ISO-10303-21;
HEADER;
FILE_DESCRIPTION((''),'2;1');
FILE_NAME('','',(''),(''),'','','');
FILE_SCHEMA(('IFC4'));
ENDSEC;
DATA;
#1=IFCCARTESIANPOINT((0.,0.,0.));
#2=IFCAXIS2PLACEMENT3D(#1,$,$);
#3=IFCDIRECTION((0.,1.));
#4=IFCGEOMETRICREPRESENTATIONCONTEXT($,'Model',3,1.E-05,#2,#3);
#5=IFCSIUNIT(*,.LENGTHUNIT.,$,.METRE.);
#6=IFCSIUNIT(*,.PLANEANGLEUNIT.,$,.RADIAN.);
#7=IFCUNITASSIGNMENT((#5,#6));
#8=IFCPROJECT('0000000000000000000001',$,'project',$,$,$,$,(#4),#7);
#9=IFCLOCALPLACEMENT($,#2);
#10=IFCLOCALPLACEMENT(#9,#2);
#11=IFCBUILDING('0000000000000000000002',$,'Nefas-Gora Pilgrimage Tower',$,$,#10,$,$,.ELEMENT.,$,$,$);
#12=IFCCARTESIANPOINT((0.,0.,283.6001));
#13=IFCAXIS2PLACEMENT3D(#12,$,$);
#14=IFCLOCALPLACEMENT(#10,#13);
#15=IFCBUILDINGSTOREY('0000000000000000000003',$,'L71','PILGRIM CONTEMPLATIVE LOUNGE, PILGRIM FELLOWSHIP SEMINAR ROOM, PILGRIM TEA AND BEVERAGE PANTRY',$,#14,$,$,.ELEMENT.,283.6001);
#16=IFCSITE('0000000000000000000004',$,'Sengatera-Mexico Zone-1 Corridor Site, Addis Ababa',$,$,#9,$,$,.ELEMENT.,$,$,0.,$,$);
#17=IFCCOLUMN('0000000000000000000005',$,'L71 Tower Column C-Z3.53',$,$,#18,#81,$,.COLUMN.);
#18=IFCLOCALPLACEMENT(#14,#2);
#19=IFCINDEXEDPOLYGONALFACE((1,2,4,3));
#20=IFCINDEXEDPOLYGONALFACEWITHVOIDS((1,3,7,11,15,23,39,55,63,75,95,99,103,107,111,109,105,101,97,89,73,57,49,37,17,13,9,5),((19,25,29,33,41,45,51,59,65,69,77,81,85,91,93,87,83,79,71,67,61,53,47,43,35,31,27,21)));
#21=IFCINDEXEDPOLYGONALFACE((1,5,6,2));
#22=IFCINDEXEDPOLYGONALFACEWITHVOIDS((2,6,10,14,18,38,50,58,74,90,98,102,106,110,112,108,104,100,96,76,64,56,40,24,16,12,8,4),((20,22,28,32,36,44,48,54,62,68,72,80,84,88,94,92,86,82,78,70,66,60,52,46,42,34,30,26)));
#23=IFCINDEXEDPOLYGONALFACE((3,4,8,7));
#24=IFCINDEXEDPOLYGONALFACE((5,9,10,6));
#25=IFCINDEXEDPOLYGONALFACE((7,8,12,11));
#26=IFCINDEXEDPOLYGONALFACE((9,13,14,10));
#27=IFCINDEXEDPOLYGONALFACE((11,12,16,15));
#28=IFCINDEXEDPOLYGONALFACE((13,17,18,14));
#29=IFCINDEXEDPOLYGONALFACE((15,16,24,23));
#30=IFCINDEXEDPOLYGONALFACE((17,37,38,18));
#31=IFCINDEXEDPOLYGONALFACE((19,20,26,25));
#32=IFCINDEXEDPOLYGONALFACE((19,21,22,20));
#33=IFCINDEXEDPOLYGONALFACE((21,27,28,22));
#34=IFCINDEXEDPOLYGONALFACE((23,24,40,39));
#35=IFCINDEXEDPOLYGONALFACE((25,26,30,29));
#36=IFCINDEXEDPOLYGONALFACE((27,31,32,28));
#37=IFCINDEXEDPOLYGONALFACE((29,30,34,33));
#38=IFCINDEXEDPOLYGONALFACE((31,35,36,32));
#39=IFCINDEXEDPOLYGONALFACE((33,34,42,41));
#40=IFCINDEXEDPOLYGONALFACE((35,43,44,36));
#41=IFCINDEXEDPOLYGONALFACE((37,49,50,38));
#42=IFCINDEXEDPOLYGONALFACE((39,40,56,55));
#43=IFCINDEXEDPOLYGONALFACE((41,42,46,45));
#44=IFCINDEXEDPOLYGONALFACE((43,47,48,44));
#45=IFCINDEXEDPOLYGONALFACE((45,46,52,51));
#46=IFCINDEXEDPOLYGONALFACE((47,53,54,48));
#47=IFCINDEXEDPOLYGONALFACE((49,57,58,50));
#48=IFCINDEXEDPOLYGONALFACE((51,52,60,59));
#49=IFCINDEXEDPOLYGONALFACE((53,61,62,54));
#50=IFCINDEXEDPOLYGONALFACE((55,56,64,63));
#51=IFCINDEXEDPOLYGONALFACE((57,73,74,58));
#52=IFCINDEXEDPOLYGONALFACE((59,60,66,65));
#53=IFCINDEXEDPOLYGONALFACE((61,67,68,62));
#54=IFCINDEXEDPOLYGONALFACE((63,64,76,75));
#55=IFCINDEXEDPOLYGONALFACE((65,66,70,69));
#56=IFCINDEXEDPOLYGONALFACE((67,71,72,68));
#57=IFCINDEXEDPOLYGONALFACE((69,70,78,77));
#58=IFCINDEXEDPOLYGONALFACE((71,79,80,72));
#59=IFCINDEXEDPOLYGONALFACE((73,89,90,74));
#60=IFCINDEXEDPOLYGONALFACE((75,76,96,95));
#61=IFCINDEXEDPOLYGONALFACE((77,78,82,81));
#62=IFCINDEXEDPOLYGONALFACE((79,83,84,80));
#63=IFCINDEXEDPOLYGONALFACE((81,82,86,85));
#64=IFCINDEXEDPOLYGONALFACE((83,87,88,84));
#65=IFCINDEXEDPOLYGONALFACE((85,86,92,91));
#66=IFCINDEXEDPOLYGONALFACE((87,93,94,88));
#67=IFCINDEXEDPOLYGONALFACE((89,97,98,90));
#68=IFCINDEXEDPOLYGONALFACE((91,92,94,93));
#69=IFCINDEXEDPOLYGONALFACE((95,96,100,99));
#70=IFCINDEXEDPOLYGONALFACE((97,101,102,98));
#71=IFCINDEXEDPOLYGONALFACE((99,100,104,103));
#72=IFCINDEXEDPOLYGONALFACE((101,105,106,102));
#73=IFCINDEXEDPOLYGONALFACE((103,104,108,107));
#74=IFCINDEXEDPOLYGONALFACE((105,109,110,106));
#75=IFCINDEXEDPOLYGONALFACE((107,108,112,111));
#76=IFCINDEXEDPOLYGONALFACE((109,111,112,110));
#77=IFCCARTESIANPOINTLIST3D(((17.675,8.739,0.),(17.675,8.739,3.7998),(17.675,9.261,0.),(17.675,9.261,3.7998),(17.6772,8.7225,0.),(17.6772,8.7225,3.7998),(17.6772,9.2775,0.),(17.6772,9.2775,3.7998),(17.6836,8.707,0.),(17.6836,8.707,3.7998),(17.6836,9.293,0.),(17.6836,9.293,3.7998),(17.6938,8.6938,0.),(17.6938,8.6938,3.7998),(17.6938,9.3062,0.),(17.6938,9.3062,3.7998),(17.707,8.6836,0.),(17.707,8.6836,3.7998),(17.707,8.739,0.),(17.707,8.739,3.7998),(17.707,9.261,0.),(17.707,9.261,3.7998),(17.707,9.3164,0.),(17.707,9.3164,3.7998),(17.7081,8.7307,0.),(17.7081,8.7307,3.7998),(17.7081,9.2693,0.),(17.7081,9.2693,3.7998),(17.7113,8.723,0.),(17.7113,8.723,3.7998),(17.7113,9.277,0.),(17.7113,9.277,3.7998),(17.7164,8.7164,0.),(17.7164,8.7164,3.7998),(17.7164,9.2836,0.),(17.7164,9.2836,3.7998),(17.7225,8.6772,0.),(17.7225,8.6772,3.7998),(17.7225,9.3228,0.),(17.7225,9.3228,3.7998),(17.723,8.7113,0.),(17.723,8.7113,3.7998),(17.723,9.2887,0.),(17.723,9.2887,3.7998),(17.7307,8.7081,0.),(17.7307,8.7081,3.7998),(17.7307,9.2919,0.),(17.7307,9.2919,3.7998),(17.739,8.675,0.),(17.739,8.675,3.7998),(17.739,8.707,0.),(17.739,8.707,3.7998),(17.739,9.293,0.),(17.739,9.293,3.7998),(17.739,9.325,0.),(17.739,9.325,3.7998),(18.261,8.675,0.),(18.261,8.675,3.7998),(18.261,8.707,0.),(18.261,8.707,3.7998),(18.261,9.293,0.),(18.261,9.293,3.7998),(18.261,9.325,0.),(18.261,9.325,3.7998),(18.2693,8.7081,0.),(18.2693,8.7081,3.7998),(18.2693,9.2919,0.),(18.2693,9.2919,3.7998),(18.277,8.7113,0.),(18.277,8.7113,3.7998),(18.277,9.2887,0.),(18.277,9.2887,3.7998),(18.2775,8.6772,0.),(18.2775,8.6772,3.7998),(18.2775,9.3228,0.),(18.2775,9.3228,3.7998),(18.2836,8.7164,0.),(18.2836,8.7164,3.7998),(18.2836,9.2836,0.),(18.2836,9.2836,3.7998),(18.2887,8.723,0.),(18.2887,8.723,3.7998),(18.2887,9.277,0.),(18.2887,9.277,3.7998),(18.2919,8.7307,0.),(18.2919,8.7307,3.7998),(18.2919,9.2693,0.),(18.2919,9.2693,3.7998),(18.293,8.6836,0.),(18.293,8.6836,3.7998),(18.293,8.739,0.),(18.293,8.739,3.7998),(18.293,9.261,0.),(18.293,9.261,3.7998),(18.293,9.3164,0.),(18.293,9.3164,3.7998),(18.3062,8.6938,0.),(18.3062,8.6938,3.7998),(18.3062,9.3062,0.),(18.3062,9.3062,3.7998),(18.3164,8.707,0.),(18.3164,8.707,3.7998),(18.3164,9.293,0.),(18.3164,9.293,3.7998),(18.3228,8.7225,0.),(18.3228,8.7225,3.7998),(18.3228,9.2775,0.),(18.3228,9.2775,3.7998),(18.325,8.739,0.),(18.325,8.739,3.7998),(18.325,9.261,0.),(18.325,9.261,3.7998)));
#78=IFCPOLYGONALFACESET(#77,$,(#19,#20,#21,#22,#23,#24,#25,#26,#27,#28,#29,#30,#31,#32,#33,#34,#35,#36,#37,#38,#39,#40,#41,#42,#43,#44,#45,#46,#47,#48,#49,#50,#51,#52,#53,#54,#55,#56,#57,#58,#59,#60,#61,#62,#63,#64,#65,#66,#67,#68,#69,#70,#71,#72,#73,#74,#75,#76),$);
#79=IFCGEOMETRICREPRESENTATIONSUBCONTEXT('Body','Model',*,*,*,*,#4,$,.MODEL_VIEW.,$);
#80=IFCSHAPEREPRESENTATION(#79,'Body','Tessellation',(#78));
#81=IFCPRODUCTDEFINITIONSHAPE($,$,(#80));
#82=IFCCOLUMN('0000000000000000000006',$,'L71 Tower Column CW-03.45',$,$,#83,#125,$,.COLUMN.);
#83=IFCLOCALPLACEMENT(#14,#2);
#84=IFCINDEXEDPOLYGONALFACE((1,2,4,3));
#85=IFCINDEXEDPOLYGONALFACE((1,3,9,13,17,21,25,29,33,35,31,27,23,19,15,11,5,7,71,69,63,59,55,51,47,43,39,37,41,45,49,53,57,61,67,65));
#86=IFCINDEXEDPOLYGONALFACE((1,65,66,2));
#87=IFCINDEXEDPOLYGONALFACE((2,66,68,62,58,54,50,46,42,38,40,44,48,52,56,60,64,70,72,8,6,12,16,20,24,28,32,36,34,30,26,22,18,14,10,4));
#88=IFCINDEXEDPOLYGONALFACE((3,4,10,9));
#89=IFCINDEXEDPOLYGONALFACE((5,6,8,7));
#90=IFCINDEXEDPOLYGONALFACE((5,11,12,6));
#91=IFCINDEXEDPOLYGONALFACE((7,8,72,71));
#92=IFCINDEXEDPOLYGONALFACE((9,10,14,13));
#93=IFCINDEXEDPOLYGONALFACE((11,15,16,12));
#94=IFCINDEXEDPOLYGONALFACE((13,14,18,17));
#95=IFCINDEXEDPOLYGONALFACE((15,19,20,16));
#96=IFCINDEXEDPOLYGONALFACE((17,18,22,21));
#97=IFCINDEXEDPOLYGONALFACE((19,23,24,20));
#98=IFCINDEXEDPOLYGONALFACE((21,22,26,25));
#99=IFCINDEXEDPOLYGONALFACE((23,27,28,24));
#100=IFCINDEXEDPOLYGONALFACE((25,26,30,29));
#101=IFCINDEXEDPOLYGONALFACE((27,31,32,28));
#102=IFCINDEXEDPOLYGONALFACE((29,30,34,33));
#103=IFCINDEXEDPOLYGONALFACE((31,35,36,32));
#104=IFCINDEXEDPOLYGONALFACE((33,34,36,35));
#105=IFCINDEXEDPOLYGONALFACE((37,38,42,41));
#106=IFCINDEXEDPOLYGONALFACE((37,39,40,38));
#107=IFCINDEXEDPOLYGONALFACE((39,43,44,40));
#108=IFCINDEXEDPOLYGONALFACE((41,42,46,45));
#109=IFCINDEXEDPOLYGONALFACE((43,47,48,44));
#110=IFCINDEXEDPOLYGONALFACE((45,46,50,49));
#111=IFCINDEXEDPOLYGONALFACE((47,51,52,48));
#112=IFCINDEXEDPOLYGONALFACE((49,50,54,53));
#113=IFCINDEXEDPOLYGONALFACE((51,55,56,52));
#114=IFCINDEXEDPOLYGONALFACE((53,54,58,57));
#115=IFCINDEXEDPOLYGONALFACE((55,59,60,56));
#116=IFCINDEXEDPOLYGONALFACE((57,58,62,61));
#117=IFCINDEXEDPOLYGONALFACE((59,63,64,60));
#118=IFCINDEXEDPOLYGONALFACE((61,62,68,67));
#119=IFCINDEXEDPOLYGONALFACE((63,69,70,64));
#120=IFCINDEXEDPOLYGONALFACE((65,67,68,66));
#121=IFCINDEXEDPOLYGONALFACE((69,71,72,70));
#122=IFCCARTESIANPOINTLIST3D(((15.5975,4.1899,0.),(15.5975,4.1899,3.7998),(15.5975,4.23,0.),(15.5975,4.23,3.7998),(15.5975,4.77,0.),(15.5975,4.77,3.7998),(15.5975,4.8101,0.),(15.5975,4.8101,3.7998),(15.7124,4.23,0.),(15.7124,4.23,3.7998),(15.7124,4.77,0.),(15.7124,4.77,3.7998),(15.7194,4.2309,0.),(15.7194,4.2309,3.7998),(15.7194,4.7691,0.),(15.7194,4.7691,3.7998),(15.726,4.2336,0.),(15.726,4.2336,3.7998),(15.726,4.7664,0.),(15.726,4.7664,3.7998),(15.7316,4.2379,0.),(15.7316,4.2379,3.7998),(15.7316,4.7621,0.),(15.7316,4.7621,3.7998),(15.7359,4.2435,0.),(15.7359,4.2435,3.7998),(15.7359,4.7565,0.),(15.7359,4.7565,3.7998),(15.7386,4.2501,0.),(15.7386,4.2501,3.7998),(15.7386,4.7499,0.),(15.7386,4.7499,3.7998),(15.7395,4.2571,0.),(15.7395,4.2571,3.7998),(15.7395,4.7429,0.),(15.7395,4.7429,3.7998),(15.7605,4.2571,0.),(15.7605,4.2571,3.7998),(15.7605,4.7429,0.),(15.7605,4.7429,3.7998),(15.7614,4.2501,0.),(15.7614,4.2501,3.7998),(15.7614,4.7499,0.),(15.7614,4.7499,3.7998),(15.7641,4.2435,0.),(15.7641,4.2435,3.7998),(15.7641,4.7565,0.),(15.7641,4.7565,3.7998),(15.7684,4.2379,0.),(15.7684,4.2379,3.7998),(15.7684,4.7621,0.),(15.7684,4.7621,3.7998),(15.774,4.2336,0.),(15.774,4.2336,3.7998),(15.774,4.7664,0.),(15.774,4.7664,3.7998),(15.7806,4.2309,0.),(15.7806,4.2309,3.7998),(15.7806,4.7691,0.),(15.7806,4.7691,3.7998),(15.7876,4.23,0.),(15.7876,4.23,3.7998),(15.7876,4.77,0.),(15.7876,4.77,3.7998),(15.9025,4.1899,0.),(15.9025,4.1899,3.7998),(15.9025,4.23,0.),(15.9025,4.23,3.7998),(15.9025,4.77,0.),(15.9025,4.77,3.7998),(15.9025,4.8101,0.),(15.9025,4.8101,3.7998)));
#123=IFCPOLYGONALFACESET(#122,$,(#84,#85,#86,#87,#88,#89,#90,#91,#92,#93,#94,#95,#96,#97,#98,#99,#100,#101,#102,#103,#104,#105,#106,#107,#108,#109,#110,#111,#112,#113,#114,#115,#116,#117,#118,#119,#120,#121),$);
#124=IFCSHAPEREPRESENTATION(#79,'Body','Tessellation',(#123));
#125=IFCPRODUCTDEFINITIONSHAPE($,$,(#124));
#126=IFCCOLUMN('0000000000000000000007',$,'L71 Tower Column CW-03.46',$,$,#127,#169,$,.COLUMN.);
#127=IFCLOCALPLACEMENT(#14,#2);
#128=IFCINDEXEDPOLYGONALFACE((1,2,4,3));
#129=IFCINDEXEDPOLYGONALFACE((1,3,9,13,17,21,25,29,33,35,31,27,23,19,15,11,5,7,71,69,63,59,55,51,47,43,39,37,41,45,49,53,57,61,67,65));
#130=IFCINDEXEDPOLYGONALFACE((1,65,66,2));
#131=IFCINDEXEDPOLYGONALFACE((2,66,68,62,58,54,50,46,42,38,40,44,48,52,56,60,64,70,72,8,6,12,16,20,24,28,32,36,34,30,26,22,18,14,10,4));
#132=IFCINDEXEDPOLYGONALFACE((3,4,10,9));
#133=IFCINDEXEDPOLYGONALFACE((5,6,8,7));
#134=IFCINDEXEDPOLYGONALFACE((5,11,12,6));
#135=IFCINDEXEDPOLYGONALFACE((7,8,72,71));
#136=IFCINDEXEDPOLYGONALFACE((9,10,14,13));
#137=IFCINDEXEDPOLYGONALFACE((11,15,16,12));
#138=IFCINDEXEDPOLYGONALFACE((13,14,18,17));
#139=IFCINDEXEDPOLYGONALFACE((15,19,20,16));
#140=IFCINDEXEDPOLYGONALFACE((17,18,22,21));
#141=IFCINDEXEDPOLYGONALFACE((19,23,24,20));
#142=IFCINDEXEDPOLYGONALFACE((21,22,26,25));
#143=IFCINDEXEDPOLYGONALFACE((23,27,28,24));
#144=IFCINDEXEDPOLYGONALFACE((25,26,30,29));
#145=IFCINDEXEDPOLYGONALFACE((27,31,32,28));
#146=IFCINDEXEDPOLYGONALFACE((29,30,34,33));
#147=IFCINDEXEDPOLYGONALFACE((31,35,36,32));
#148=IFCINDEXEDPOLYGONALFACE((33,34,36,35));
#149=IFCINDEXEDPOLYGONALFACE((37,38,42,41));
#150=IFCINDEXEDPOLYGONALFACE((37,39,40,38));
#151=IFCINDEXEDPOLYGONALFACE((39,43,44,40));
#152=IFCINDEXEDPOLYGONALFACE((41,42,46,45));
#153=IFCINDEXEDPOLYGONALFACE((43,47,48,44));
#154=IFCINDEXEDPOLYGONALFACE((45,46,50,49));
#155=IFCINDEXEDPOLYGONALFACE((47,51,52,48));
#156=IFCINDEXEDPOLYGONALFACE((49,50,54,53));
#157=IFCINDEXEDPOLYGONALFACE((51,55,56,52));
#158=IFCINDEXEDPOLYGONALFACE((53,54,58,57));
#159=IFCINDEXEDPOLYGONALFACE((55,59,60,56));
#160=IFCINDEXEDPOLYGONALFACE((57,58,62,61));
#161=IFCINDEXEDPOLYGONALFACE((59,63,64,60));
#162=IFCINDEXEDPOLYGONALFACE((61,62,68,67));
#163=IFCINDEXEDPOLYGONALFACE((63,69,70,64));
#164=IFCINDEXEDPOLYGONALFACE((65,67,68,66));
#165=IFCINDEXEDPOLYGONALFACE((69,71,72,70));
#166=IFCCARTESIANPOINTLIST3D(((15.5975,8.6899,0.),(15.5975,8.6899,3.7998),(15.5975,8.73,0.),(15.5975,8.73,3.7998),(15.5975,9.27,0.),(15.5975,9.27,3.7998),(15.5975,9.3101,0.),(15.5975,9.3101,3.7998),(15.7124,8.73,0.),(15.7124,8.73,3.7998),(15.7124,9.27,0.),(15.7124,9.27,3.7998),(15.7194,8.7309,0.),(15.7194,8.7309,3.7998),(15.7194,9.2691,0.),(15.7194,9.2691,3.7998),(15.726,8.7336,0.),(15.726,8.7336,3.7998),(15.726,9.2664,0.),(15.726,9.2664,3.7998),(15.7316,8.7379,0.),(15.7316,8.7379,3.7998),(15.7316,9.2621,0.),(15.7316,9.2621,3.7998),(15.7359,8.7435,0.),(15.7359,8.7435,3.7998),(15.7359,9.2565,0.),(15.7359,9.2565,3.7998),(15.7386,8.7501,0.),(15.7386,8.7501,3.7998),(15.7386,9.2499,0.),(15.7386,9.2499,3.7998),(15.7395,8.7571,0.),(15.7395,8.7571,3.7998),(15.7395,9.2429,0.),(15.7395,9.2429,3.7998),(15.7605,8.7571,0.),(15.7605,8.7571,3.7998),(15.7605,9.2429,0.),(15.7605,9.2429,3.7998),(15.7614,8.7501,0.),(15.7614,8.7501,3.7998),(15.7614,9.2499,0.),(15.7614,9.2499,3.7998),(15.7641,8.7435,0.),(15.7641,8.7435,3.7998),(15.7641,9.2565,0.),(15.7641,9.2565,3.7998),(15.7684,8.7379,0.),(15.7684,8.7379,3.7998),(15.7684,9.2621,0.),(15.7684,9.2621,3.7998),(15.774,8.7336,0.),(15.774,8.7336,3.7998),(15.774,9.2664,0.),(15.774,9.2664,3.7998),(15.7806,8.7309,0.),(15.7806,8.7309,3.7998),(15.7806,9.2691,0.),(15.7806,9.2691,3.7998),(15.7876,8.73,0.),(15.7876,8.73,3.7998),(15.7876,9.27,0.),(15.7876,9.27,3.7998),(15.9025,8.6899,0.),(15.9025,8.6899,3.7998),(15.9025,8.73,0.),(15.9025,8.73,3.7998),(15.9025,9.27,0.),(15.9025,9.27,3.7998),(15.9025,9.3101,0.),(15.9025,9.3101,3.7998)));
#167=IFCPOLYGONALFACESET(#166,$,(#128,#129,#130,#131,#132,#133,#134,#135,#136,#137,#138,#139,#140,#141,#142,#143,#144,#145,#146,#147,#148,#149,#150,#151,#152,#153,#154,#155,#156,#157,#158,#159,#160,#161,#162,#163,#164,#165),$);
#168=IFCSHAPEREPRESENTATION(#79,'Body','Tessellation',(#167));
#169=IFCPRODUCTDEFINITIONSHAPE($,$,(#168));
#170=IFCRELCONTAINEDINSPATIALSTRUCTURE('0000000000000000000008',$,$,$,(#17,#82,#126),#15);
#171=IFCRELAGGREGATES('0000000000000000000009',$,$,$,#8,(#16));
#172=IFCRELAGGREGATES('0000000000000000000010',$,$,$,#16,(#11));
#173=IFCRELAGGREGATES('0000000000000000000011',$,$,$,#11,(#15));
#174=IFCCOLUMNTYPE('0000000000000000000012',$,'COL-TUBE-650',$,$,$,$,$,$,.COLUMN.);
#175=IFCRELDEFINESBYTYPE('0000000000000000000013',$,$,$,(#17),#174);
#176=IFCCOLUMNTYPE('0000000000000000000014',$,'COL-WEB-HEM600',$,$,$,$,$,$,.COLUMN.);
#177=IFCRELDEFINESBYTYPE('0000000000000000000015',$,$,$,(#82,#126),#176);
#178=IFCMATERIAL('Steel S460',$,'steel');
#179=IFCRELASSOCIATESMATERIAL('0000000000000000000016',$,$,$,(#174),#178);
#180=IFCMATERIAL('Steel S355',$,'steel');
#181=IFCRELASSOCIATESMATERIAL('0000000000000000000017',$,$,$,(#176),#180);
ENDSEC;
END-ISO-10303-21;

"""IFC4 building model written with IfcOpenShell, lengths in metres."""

from ifc_helpers import new_model, si_unit, direction, frame, origin, origin_2d, place, context, subcontext, project, spatial, hollow_rectangle, i_section, extrude, source, transform, mapped, material, material_profile, profile_set, type_object, element, save


model = new_model("IFC4")

# Units and contexts
model_context = context("Model", 3, precision=1e-05, world=origin(), true_north=direction((0.0, 1.0)))
body_context = subcontext(model_context, "Body", "Model", "MODEL_VIEW")
ifc_project = project(units=[si_unit("LENGTHUNIT", "METRE"), si_unit("PLANEANGLEUNIT", "RADIAN")], contexts=[model_context])

# Site, building, storey
site_placement = place(None, origin())
site = spatial("IfcSite", under=ifc_project, at=site_placement, Name="Sengatera-Mexico Zone-1 Corridor Site, Addis Ababa", CompositionType="ELEMENT", RefElevation=0.0)
building_placement = place(site_placement, origin())
building = spatial("IfcBuilding", under=site, at=building_placement, Name="Nefas-Gora Pilgrimage Tower", CompositionType="ELEMENT")
storey_placement = place(building_placement, frame((0.0, 0.0, 283.6001)))
storey = spatial("IfcBuildingStorey", under=building, at=storey_placement, Name="L71", Description="PILGRIM CONTEMPLATIVE LOUNGE, PILGRIM FELLOWSHIP SEMINAR ROOM, PILGRIM TEA AND BEVERAGE PANTRY", CompositionType="ELEMENT", Elevation=283.6001)

# Columns
ifc_material_1 = material(Name="Steel S460", Category="steel")
ifc_material_profile_1 = material_profile(ifc_material_1, hollow_rectangle(XDim=0.6499, YDim=0.6499, WallThickness=0.032, InnerFilletRadius=0.032, OuterFilletRadius=0.064, at=origin_2d()), Name="BOX 650x650x32")
ifc_profile_set_1 = profile_set([ifc_material_profile_1], Name="Steel S460")
column_type_1 = type_object("IfcColumnType", Name="COL-TUBE-650", PredefinedType="COLUMN", material=ifc_profile_set_1)
shared_shape_1 = source(origin(), body_context, "Body", "SweptSolid", [
    extrude(hollow_rectangle(XDim=0.6499, YDim=0.6499, WallThickness=0.032, InnerFilletRadius=0.032, OuterFilletRadius=0.064, at=origin_2d()), origin(), (0.0, 0.0, 1.0), 3.7998),
])
for number, where, z_axis, x_axis, name in (
    (1, (18.0, 9.0, 0.0), (0.0, 0.0, 1.0), (1.0, 0.0, 0.0), "L71 Tower Column C-Z3.53"),
):
    element("IfcColumn", number, at=place(storey_placement, frame(where, z_axis=z_axis, x_axis=x_axis)), inside=storey, type_object=column_type_1, Name=name, PredefinedType="COLUMN", context=body_context, shape_type="MappedRepresentation", body=[
        mapped(shared_shape_1, transform((0.0, 0.0, 0.0), x_axis=(1.0, 0.0, 0.0), y_axis=(0.0, 1.0, 0.0), z_axis=(0.0, 0.0, 1.0), scale=1.0)),
    ])
ifc_material_2 = material(Name="Steel S355", Category="steel")
ifc_material_profile_2 = material_profile(ifc_material_2, i_section(OverallWidth=0.3049, OverallDepth=0.6201, WebThickness=0.021, FlangeThickness=0.04, FilletRadius=0.0271, at=origin_2d()), Name="HEM 600")
ifc_profile_set_2 = profile_set([ifc_material_profile_2], Name="Steel S355")
column_type_2 = type_object("IfcColumnType", Name="COL-WEB-HEM600", PredefinedType="COLUMN", material=ifc_profile_set_2)
shared_shape_2 = source(origin(), body_context, "Body", "SweptSolid", [
    extrude(i_section(OverallWidth=0.3049, OverallDepth=0.6201, WebThickness=0.021, FlangeThickness=0.04, FilletRadius=0.0271, at=origin_2d()), origin(), (0.0, 0.0, 1.0), 3.7998),
])
for number, where, z_axis, x_axis, name in (
    (2, (15.75, 4.5, 0.0), (0.0, 0.0, 1.0), (1.0, 0.0, 0.0), "L71 Tower Column CW-03.45"),
    (3, (15.75, 9.0, 0.0), (0.0, 0.0, 1.0), (1.0, 0.0, 0.0), "L71 Tower Column CW-03.46"),
):
    element("IfcColumn", number, at=place(storey_placement, frame(where, z_axis=z_axis, x_axis=x_axis)), inside=storey, type_object=column_type_2, Name=name, PredefinedType="COLUMN", context=body_context, shape_type="MappedRepresentation", body=[
        mapped(shared_shape_2, transform((0.0, 0.0, 0.0), x_axis=(1.0, 0.0, 0.0), y_axis=(0.0, 1.0, 0.0), z_axis=(0.0, 0.0, 1.0), scale=1.0)),
    ])

save(model, "model.ifc")
